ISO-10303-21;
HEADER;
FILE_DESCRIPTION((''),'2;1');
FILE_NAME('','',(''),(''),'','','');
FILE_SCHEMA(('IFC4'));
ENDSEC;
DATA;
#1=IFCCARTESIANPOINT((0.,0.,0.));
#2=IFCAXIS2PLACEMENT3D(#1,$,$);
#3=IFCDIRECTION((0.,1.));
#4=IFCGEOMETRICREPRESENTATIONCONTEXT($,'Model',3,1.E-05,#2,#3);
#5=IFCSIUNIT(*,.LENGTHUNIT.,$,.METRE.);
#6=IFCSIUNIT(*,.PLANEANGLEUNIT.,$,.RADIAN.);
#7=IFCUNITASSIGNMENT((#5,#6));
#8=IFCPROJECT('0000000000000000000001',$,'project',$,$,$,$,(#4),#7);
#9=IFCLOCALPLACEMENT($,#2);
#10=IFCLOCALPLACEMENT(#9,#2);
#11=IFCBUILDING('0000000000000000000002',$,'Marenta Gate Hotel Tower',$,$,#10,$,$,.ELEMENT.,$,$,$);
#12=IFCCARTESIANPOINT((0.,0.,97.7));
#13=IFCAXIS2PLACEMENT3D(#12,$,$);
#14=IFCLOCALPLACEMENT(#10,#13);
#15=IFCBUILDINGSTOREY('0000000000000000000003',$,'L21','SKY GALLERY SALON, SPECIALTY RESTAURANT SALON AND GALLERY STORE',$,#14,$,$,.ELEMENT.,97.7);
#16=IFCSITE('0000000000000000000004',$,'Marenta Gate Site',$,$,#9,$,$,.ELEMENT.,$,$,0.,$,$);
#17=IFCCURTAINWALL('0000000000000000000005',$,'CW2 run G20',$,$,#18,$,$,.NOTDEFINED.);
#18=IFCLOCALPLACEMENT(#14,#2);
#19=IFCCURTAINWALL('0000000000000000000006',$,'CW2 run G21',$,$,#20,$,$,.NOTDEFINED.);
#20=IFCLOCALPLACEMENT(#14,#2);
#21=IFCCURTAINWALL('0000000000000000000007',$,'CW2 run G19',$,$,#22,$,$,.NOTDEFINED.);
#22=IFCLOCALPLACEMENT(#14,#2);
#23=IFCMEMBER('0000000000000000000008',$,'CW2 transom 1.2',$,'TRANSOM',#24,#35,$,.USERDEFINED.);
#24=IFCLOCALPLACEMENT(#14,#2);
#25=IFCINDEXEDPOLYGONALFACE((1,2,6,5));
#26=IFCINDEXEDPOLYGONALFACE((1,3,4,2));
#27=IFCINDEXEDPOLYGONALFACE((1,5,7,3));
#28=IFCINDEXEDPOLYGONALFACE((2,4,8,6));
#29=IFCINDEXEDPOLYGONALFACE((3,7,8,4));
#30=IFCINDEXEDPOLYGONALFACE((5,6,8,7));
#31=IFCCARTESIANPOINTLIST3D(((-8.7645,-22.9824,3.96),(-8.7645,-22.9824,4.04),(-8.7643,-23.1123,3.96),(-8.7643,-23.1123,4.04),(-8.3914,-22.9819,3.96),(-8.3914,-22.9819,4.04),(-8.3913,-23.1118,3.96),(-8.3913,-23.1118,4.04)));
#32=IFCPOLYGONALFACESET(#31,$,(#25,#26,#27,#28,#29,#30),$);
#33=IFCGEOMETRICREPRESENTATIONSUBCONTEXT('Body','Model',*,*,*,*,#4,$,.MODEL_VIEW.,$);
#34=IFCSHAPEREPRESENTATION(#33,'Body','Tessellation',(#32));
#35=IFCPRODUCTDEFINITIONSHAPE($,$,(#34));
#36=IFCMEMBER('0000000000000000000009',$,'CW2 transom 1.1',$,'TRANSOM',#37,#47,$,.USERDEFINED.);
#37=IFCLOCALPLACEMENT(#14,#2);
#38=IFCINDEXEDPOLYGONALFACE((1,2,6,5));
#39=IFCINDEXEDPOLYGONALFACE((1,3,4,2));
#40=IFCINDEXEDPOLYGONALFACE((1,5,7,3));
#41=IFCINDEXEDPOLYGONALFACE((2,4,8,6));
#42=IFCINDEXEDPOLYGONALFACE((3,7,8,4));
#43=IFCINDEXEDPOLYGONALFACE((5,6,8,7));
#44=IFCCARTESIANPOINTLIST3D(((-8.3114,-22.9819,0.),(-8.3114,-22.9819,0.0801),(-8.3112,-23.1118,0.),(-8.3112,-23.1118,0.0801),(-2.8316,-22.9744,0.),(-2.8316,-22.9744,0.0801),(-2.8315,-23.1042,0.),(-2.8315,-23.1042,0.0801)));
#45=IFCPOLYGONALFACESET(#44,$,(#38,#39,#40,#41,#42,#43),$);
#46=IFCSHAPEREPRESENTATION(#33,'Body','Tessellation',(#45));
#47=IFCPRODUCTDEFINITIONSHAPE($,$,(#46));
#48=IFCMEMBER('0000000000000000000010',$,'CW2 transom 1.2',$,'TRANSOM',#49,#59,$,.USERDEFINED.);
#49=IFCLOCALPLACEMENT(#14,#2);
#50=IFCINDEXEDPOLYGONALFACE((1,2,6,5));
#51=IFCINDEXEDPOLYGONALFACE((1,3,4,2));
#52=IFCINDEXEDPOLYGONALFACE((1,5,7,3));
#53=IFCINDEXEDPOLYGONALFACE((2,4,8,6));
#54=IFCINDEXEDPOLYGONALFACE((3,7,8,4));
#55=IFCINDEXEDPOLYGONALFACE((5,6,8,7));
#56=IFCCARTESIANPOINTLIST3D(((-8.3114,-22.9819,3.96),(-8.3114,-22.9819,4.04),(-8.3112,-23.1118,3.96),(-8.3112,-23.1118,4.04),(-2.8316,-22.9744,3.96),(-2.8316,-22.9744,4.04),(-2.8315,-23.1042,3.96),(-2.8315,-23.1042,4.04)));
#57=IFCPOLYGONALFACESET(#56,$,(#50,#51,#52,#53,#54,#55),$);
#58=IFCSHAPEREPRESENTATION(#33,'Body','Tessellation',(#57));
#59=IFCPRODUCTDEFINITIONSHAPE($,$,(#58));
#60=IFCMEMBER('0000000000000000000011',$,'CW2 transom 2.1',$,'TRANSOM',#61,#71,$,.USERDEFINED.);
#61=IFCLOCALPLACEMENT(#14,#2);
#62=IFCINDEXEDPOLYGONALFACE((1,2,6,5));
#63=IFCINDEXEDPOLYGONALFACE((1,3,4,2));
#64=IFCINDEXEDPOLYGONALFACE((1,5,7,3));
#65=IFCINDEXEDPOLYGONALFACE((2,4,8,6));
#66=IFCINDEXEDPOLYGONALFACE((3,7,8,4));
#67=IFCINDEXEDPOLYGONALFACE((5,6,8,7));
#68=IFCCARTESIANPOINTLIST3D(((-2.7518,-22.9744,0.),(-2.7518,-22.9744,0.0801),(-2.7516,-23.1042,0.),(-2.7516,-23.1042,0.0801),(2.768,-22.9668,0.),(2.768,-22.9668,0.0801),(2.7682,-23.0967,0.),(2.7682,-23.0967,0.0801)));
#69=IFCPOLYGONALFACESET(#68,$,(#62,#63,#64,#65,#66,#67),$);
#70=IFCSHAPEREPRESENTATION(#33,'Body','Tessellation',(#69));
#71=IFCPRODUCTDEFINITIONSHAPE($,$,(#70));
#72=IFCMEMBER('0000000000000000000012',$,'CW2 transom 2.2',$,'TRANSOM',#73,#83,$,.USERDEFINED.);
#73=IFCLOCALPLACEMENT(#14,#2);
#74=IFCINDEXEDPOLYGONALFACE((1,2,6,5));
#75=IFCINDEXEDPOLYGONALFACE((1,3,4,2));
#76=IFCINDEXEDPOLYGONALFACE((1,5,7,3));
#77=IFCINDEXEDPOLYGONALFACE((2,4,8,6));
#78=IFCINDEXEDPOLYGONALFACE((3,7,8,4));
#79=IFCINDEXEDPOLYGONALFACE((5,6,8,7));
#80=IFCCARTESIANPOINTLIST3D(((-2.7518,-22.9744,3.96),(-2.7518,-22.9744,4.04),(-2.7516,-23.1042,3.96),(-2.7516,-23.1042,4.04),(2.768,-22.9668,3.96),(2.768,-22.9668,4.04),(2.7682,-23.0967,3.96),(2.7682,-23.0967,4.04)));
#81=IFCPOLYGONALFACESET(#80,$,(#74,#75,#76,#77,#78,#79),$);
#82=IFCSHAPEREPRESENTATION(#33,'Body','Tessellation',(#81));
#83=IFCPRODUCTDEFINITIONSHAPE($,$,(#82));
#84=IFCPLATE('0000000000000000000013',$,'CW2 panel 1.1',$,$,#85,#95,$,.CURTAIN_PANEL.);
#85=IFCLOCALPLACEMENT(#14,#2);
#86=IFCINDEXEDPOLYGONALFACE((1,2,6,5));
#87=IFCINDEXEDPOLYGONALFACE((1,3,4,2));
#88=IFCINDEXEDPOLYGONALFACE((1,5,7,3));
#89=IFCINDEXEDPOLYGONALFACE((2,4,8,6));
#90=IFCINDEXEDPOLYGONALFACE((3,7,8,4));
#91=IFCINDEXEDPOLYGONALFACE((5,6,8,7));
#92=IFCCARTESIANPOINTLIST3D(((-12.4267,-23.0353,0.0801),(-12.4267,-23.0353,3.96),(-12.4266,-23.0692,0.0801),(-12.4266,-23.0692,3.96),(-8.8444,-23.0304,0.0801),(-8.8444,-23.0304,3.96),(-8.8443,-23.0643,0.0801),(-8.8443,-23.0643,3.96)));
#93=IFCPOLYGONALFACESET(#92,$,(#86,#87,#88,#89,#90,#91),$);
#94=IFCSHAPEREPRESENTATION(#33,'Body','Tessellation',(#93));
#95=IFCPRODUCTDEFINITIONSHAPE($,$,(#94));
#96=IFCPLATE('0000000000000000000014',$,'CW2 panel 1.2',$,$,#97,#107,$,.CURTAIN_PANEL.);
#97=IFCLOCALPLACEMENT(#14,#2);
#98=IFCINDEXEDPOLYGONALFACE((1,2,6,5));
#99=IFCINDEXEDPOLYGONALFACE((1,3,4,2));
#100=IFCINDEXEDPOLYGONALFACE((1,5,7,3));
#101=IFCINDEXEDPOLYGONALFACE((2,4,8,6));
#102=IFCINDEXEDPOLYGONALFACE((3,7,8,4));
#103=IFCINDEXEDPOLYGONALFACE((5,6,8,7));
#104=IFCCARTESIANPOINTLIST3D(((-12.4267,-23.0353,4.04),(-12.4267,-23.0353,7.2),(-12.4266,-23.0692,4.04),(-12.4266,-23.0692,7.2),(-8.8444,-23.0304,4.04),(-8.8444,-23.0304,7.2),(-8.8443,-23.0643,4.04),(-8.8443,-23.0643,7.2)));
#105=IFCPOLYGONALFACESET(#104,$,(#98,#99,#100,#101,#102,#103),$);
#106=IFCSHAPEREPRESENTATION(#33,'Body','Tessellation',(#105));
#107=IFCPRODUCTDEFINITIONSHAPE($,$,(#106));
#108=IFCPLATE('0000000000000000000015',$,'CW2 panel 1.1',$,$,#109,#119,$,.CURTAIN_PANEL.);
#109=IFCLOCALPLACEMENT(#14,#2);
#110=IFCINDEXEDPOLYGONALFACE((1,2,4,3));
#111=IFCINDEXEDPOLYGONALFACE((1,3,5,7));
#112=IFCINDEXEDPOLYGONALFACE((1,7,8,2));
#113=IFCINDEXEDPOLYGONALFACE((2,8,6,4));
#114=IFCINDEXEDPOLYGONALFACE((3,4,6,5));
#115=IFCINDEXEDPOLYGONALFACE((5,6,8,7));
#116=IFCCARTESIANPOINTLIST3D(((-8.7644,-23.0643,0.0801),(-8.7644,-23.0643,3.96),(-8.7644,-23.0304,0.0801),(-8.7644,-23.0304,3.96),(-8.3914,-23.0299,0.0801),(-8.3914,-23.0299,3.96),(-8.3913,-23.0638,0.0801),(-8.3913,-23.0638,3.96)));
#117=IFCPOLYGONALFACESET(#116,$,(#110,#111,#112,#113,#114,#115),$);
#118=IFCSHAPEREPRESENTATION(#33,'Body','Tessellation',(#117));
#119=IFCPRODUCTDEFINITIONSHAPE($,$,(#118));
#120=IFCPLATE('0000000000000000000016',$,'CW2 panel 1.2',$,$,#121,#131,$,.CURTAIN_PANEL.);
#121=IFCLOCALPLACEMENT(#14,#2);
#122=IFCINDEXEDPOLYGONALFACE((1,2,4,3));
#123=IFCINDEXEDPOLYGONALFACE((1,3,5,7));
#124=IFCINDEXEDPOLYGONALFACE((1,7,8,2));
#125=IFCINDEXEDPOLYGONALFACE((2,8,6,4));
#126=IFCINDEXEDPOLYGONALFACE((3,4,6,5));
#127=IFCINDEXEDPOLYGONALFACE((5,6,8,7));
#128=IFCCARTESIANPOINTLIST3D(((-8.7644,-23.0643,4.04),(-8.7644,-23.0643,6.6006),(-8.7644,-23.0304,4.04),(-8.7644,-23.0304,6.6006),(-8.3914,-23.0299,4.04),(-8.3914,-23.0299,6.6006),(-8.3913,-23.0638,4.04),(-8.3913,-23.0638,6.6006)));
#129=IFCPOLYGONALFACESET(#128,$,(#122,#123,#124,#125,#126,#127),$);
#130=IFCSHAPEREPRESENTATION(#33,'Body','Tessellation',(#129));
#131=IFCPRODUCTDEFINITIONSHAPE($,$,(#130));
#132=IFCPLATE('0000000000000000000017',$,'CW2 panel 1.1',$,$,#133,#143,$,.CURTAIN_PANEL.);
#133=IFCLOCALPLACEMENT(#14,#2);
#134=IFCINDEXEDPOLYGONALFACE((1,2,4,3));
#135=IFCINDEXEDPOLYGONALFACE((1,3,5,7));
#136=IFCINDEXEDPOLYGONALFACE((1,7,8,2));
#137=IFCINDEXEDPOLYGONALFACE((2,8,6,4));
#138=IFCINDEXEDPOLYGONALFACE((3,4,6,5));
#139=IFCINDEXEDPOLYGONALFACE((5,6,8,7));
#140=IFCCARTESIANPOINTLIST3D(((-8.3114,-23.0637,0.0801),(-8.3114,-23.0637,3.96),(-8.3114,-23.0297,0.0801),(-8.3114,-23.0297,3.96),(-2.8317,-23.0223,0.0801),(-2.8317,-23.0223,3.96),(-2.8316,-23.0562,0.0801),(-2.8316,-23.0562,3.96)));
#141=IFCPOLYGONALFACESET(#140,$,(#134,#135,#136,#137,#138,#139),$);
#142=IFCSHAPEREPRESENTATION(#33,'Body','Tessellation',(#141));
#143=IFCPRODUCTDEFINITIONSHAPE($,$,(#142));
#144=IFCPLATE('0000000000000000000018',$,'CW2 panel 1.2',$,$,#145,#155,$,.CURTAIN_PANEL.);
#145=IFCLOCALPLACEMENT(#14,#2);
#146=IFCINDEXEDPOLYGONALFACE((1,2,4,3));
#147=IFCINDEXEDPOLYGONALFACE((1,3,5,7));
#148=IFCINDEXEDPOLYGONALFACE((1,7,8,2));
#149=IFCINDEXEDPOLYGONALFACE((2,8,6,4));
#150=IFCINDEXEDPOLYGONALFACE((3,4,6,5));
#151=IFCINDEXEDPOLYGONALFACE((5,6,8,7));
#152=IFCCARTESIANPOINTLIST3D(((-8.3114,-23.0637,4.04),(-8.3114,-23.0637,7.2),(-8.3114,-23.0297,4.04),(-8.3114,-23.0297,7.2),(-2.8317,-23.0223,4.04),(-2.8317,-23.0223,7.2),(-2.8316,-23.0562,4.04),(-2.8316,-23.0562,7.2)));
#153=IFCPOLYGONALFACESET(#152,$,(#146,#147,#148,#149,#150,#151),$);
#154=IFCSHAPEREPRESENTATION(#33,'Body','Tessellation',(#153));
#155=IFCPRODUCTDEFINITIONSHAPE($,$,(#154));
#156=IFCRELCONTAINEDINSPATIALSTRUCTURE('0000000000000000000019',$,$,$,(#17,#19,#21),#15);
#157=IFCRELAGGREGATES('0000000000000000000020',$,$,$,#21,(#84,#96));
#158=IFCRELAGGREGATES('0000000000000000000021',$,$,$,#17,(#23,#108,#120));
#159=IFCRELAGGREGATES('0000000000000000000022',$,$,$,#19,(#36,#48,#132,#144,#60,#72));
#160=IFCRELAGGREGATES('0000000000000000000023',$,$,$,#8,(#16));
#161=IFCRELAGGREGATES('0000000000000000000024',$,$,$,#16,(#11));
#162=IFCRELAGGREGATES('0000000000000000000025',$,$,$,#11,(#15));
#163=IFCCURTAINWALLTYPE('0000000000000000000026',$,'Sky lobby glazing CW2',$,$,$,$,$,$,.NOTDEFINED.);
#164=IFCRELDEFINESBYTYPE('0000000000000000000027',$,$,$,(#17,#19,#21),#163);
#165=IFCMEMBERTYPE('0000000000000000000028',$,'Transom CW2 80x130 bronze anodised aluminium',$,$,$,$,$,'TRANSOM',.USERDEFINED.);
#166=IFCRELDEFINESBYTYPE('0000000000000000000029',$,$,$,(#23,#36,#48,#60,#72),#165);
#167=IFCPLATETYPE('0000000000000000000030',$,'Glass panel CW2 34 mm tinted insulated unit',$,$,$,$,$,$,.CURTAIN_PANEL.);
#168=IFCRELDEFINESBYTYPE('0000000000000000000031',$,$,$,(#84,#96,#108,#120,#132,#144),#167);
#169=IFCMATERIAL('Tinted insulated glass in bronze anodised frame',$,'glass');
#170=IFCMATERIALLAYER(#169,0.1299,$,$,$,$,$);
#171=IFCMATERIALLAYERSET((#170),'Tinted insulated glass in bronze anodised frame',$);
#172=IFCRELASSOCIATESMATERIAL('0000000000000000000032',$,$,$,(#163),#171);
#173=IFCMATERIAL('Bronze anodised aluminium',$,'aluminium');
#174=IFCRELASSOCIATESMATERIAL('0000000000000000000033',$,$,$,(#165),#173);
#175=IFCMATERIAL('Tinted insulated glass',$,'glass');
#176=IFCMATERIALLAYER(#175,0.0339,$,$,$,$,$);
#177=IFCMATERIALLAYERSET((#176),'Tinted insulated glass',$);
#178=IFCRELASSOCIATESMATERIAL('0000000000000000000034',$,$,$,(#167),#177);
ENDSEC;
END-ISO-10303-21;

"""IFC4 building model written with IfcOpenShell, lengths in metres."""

from ifc_helpers import new_model, si_unit, direction, frame, origin, origin_2d, place, context, subcontext, project, spatial, rectangle, extrude, material, layer, layer_set, material_profile, profile_set, type_object, element, aggregate, save


model = new_model("IFC4")

# Units and contexts
model_context = context("Model", 3, precision=1e-05, world=origin(), true_north=direction((0.0, 1.0)))
body_context = subcontext(model_context, "Body", "Model", "MODEL_VIEW")
ifc_project = project(units=[si_unit("LENGTHUNIT", "METRE"), si_unit("PLANEANGLEUNIT", "RADIAN")], contexts=[model_context])

# Site, building, storey
site_placement = place(None, origin())
site = spatial("IfcSite", under=ifc_project, at=site_placement, Name="Marenta Gate Site", CompositionType="ELEMENT", RefElevation=0.0)
building_placement = place(site_placement, origin())
building = spatial("IfcBuilding", under=site, at=building_placement, Name="Marenta Gate Hotel Tower", CompositionType="ELEMENT")
storey_placement = place(building_placement, frame((0.0, 0.0, 97.7)))
storey = spatial("IfcBuildingStorey", under=building, at=storey_placement, Name="L21", Description="SKY GALLERY SALON, SPECIALTY RESTAURANT SALON AND GALLERY STORE", CompositionType="ELEMENT", Elevation=97.7)

# Curtain wall
ifc_material_1 = material(Name="Tinted insulated glass in bronze anodised frame", Category="glass")
ifc_layer_1 = layer(ifc_material_1, 0.1299)
ifc_layer_set_1 = layer_set([ifc_layer_1], Name="Tinted insulated glass in bronze anodised frame")
curtain_wall_type = type_object("IfcCurtainWallType", Name="Sky lobby glazing CW2", PredefinedType="NOTDEFINED", material=ifc_layer_set_1)
curtain_wall_1_placement = place(storey_placement, origin())
curtain_wall_1 = element("IfcCurtainWall", 1, at=curtain_wall_1_placement, inside=storey, type_object=curtain_wall_type, Name="CW2 run G20", PredefinedType="NOTDEFINED")

# Curtain wall
curtain_wall_2_placement = place(storey_placement, origin())
curtain_wall_2 = element("IfcCurtainWall", 2, at=curtain_wall_2_placement, inside=storey, type_object=curtain_wall_type, Name="CW2 run G21", PredefinedType="NOTDEFINED")

# Curtain wall
curtain_wall_3_placement = place(storey_placement, origin())
curtain_wall_3 = element("IfcCurtainWall", 3, at=curtain_wall_3_placement, inside=storey, type_object=curtain_wall_type, Name="CW2 run G19", PredefinedType="NOTDEFINED")
ifc_material_2 = material(Name="Bronze anodised aluminium", Category="aluminium")
ifc_material_profile_1 = material_profile(ifc_material_2, rectangle(XDim=0.1299, YDim=0.0801, at=origin_2d()), Name="Transom CW2 80x130 bronze anodised aluminium")
ifc_profile_set_1 = profile_set([ifc_material_profile_1], Name="Bronze anodised aluminium")
member_type_1 = type_object("IfcMemberType", Name="Transom CW2 80x130 bronze anodised aluminium", ElementType="TRANSOM", PredefinedType="USERDEFINED", material=ifc_profile_set_1)

# Members
member_1_placement = place(storey_placement, frame((-8.7644, -23.0474, 4.0), z_axis=(0.999999, 0.001309, 0.0), x_axis=(-0.001309, 0.999999, 0.0)))
member_1 = element("IfcMember", 4, at=member_1_placement, type_object=member_type_1, Name="CW2 transom 1.2", ObjectType="TRANSOM", PredefinedType="USERDEFINED", context=body_context, shape_type="SweptSolid", body=[
    extrude(rectangle(XDim=0.1299, YDim=0.0801, at=origin_2d()), origin(), (0.0, 0.0, 1.0), 0.373),
])
member_2_placement = place(storey_placement, frame((-8.3113, -23.0469, 0.04), z_axis=(0.999999, 0.001381, 0.0), x_axis=(-0.001381, 0.999999, 0.0)))
member_2 = element("IfcMember", 5, at=member_2_placement, type_object=member_type_1, Name="CW2 transom 1.1", ObjectType="TRANSOM", PredefinedType="USERDEFINED", context=body_context, shape_type="SweptSolid", body=[
    extrude(rectangle(XDim=0.1299, YDim=0.0801, at=origin_2d()), origin(), (0.0, 0.0, 1.0), 5.4797),
])
member_3_placement = place(storey_placement, frame((-8.3113, -23.0469, 4.0), z_axis=(0.999999, 0.001381, 0.0), x_axis=(-0.001381, 0.999999, 0.0)))
member_3 = element("IfcMember", 6, at=member_3_placement, type_object=member_type_1, Name="CW2 transom 1.2", ObjectType="TRANSOM", PredefinedType="USERDEFINED", context=body_context, shape_type="SweptSolid", body=[
    extrude(rectangle(XDim=0.1299, YDim=0.0801, at=origin_2d()), origin(), (0.0, 0.0, 1.0), 5.4797),
])
member_4_placement = place(storey_placement, frame((-2.7517, -23.0393, 0.04), z_axis=(0.999999, 0.001371, 0.0), x_axis=(-0.001371, 0.999999, 0.0)))
member_4 = element("IfcMember", 7, at=member_4_placement, type_object=member_type_1, Name="CW2 transom 2.1", ObjectType="TRANSOM", PredefinedType="USERDEFINED", context=body_context, shape_type="SweptSolid", body=[
    extrude(rectangle(XDim=0.1299, YDim=0.0801, at=origin_2d()), origin(), (0.0, 0.0, 1.0), 5.5198),
])
member_5_placement = place(storey_placement, frame((-2.7517, -23.0393, 4.0), z_axis=(0.999999, 0.001371, 0.0), x_axis=(-0.001371, 0.999999, 0.0)))
member_5 = element("IfcMember", 8, at=member_5_placement, type_object=member_type_1, Name="CW2 transom 2.2", ObjectType="TRANSOM", PredefinedType="USERDEFINED", context=body_context, shape_type="SweptSolid", body=[
    extrude(rectangle(XDim=0.1299, YDim=0.0801, at=origin_2d()), origin(), (0.0, 0.0, 1.0), 5.5198),
])

# Plates
ifc_material_3 = material(Name="Tinted insulated glass", Category="glass")
ifc_layer_2 = layer(ifc_material_3, 0.0339)
ifc_layer_set_2 = layer_set([ifc_layer_2], Name="Tinted insulated glass")
plate_type = type_object("IfcPlateType", Name="Glass panel CW2 34 mm tinted insulated unit", PredefinedType="CURTAIN_PANEL", material=ifc_layer_set_2)
plate_1_placement = place(storey_placement, frame((-10.6355, -23.0498, 0.0801), z_axis=(0.0, 0.0, 1.0), x_axis=(0.999999, 0.001365, 0.0)))
plate_1 = element("IfcPlate", 9, at=plate_1_placement, type_object=plate_type, Name="CW2 panel 1.1", PredefinedType="CURTAIN_PANEL", context=body_context, shape_type="SweptSolid", body=[
    extrude(rectangle(XDim=3.5823, YDim=0.0339, at=origin_2d()), origin(), (0.0, 0.0, 1.0), 3.8799),
])
plate_2_placement = place(storey_placement, frame((-10.6355, -23.0498, 4.04), z_axis=(0.0, 0.0, 1.0), x_axis=(0.999999, 0.001365, 0.0)))
plate_2 = element("IfcPlate", 10, at=plate_2_placement, type_object=plate_type, Name="CW2 panel 1.2", PredefinedType="CURTAIN_PANEL", context=body_context, shape_type="SweptSolid", body=[
    extrude(rectangle(XDim=3.5823, YDim=0.0339, at=origin_2d()), origin(), (0.0, 0.0, 1.0), 3.1599),
])
aggregate(curtain_wall_3, [plate_1, plate_2])
plate_3_placement = place(storey_placement, frame((-8.5779, -23.0471, 0.0801), z_axis=(0.0, 0.0, 1.0), x_axis=(0.999999, 0.001325, 0.0)))
plate_3 = element("IfcPlate", 11, at=plate_3_placement, type_object=plate_type, Name="CW2 panel 1.1", PredefinedType="CURTAIN_PANEL", context=body_context, shape_type="SweptSolid", body=[
    extrude(rectangle(XDim=0.373, YDim=0.0339, at=origin_2d()), origin(), (0.0, 0.0, 1.0), 3.8799),
])
plate_4_placement = place(storey_placement, frame((-8.5779, -23.0471, 4.04), z_axis=(0.0, 0.0, 1.0), x_axis=(0.999999, 0.001325, 0.0)))
plate_4 = element("IfcPlate", 12, at=plate_4_placement, type_object=plate_type, Name="CW2 panel 1.2", PredefinedType="CURTAIN_PANEL", context=body_context, shape_type="SweptSolid", body=[
    extrude(rectangle(XDim=0.373, YDim=0.0339, at=origin_2d()), origin(), (0.0, 0.0, 1.0), 2.5605),
])
aggregate(curtain_wall_1, [member_1, plate_3, plate_4])
plate_5_placement = place(storey_placement, frame((-5.5715, -23.043, 0.0801), z_axis=(0.0, 0.0, 1.0), x_axis=(0.999999, 0.001363, 0.0)))
plate_5 = element("IfcPlate", 13, at=plate_5_placement, type_object=plate_type, Name="CW2 panel 1.1", PredefinedType="CURTAIN_PANEL", context=body_context, shape_type="SweptSolid", body=[
    extrude(rectangle(XDim=5.4797, YDim=0.0339, at=origin_2d()), origin(), (0.0, 0.0, 1.0), 3.8799),
])
plate_6_placement = place(storey_placement, frame((-5.5715, -23.043, 4.04), z_axis=(0.0, 0.0, 1.0), x_axis=(0.999999, 0.001363, 0.0)))
plate_6 = element("IfcPlate", 14, at=plate_6_placement, type_object=plate_type, Name="CW2 panel 1.2", PredefinedType="CURTAIN_PANEL", context=body_context, shape_type="SweptSolid", body=[
    extrude(rectangle(XDim=5.4797, YDim=0.0339, at=origin_2d()), origin(), (0.0, 0.0, 1.0), 3.1599),
])
aggregate(curtain_wall_2, [member_2, member_3, plate_5, plate_6, member_4, member_5])

save(model, "model.ifc")
